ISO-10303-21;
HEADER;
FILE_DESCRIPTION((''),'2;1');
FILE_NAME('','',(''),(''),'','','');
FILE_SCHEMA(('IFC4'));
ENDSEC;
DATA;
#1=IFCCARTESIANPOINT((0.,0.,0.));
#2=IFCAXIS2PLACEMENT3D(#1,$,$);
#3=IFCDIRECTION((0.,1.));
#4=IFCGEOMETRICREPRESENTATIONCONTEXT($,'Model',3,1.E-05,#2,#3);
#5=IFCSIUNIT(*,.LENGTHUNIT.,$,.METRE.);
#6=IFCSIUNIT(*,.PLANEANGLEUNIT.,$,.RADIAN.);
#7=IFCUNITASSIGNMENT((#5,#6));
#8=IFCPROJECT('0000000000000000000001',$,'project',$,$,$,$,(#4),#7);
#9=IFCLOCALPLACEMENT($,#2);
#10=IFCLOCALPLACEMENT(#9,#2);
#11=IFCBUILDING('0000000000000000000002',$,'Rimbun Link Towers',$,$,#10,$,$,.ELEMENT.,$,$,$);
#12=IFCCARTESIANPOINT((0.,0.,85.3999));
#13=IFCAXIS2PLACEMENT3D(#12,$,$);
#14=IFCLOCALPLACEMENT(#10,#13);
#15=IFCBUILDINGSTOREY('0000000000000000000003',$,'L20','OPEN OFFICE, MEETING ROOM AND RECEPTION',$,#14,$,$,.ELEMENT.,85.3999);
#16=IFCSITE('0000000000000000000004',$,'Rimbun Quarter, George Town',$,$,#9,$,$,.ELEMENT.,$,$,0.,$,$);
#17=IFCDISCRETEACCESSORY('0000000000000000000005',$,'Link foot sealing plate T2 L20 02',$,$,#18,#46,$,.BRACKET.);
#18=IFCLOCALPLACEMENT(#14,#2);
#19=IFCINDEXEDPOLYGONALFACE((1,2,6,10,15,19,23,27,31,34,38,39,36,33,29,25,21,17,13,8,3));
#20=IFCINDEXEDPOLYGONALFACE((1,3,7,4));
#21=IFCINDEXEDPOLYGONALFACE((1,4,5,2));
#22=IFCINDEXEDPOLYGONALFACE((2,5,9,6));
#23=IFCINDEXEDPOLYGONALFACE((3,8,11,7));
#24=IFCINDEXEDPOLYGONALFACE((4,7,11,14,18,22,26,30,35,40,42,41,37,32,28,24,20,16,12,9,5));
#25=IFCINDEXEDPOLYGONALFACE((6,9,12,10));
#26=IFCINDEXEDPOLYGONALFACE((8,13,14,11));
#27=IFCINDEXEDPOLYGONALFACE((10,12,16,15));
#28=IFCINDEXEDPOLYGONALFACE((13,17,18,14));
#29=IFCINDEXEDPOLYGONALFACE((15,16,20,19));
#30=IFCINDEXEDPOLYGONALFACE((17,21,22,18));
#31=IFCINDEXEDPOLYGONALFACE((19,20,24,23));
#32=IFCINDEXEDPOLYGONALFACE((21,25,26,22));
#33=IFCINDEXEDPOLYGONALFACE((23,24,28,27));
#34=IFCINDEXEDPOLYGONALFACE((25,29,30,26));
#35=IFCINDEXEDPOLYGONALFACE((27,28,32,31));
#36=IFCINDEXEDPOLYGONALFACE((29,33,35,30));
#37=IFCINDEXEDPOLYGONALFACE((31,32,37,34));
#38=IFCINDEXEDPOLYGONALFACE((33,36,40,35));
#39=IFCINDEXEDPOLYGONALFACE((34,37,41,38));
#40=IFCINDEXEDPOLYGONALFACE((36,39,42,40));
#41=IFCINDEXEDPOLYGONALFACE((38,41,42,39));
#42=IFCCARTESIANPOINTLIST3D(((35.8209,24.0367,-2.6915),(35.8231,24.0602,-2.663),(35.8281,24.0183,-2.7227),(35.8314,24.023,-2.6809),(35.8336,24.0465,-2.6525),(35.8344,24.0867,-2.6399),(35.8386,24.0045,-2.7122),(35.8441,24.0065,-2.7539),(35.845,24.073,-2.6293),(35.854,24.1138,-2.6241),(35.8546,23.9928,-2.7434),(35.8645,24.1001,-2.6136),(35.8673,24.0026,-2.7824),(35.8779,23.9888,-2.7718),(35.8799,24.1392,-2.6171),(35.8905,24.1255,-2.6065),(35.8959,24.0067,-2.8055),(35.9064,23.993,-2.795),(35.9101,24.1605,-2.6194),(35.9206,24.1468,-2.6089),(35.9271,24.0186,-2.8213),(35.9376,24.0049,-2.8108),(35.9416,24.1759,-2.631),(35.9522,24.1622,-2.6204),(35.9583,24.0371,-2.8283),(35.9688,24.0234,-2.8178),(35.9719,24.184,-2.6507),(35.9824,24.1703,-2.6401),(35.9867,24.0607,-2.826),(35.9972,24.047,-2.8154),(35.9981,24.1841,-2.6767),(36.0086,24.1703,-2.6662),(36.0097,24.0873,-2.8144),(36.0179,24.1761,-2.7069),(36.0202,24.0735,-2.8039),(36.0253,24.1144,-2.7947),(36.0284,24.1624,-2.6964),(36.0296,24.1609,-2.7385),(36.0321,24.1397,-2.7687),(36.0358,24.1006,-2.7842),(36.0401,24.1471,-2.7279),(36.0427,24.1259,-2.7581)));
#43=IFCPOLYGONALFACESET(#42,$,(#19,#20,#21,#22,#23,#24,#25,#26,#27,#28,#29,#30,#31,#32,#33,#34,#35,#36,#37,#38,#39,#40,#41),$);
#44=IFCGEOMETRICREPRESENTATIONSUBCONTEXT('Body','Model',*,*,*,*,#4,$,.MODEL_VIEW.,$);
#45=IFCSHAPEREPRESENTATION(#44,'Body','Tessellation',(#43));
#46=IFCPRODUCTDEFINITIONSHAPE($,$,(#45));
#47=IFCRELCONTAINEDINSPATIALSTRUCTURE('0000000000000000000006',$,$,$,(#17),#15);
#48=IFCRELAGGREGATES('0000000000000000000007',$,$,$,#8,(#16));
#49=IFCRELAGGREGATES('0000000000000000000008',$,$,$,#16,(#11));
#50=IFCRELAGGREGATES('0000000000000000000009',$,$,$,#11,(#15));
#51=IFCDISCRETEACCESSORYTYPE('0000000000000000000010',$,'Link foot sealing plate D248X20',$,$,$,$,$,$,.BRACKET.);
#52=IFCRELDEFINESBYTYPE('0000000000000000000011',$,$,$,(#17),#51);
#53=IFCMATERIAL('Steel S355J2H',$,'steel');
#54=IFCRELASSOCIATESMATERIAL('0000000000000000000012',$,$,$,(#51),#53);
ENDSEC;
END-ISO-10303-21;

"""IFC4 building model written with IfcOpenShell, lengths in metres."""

from ifc_helpers import new_model, si_unit, direction, frame, origin, origin_2d, place, context, subcontext, project, spatial, circle, extrude, material, material_profile, profile_set, type_object, element, save


model = new_model("IFC4")

# Units and contexts
model_context = context("Model", 3, precision=1e-05, world=origin(), true_north=direction((0.0, 1.0)))
body_context = subcontext(model_context, "Body", "Model", "MODEL_VIEW")
ifc_project = project(units=[si_unit("LENGTHUNIT", "METRE"), si_unit("PLANEANGLEUNIT", "RADIAN")], contexts=[model_context])

# Site, building, storey
site_placement = place(None, origin())
site = spatial("IfcSite", under=ifc_project, at=site_placement, Name="Rimbun Quarter, George Town", CompositionType="ELEMENT", RefElevation=0.0)
building_placement = place(site_placement, origin())
building = spatial("IfcBuilding", under=site, at=building_placement, Name="Rimbun Link Towers", CompositionType="ELEMENT")
storey_placement = place(building_placement, frame((0.0, 0.0, 85.3999)))
storey = spatial("IfcBuildingStorey", under=building, at=storey_placement, Name="L20", Description="OPEN OFFICE, MEETING ROOM AND RECEPTION", CompositionType="ELEMENT", Elevation=85.3999)

# Discrete accessory
ifc_material_1 = material(Name="Steel S355J2H", Category="steel")
ifc_material_profile_1 = material_profile(ifc_material_1, circle(Radius=0.124, at=origin_2d()), Name="PL D248")
ifc_profile_set_1 = profile_set([ifc_material_profile_1], Name="Steel S355J2H")
discrete_accessory_type = type_object("IfcDiscreteAccessoryType", Name="Link foot sealing plate D248X20", PredefinedType="BRACKET", material=ifc_profile_set_1)
discrete_accessory_placement = place(storey_placement, frame((35.937, 24.0801, -2.7122), z_axis=(-0.520153, 0.677408, -0.520153), x_axis=(-0.79315, -0.609026, 0.0)))
element("IfcDiscreteAccessory", 1, at=discrete_accessory_placement, inside=storey, type_object=discrete_accessory_type, Name="Link foot sealing plate T2 L20 02", PredefinedType="BRACKET", context=body_context, shape_type="SweptSolid", body=[
    extrude(circle(Radius=0.124, at=origin_2d()), origin(), (0.0, 0.0, 1.0), 0.0203),
])

save(model, "model.ifc")
